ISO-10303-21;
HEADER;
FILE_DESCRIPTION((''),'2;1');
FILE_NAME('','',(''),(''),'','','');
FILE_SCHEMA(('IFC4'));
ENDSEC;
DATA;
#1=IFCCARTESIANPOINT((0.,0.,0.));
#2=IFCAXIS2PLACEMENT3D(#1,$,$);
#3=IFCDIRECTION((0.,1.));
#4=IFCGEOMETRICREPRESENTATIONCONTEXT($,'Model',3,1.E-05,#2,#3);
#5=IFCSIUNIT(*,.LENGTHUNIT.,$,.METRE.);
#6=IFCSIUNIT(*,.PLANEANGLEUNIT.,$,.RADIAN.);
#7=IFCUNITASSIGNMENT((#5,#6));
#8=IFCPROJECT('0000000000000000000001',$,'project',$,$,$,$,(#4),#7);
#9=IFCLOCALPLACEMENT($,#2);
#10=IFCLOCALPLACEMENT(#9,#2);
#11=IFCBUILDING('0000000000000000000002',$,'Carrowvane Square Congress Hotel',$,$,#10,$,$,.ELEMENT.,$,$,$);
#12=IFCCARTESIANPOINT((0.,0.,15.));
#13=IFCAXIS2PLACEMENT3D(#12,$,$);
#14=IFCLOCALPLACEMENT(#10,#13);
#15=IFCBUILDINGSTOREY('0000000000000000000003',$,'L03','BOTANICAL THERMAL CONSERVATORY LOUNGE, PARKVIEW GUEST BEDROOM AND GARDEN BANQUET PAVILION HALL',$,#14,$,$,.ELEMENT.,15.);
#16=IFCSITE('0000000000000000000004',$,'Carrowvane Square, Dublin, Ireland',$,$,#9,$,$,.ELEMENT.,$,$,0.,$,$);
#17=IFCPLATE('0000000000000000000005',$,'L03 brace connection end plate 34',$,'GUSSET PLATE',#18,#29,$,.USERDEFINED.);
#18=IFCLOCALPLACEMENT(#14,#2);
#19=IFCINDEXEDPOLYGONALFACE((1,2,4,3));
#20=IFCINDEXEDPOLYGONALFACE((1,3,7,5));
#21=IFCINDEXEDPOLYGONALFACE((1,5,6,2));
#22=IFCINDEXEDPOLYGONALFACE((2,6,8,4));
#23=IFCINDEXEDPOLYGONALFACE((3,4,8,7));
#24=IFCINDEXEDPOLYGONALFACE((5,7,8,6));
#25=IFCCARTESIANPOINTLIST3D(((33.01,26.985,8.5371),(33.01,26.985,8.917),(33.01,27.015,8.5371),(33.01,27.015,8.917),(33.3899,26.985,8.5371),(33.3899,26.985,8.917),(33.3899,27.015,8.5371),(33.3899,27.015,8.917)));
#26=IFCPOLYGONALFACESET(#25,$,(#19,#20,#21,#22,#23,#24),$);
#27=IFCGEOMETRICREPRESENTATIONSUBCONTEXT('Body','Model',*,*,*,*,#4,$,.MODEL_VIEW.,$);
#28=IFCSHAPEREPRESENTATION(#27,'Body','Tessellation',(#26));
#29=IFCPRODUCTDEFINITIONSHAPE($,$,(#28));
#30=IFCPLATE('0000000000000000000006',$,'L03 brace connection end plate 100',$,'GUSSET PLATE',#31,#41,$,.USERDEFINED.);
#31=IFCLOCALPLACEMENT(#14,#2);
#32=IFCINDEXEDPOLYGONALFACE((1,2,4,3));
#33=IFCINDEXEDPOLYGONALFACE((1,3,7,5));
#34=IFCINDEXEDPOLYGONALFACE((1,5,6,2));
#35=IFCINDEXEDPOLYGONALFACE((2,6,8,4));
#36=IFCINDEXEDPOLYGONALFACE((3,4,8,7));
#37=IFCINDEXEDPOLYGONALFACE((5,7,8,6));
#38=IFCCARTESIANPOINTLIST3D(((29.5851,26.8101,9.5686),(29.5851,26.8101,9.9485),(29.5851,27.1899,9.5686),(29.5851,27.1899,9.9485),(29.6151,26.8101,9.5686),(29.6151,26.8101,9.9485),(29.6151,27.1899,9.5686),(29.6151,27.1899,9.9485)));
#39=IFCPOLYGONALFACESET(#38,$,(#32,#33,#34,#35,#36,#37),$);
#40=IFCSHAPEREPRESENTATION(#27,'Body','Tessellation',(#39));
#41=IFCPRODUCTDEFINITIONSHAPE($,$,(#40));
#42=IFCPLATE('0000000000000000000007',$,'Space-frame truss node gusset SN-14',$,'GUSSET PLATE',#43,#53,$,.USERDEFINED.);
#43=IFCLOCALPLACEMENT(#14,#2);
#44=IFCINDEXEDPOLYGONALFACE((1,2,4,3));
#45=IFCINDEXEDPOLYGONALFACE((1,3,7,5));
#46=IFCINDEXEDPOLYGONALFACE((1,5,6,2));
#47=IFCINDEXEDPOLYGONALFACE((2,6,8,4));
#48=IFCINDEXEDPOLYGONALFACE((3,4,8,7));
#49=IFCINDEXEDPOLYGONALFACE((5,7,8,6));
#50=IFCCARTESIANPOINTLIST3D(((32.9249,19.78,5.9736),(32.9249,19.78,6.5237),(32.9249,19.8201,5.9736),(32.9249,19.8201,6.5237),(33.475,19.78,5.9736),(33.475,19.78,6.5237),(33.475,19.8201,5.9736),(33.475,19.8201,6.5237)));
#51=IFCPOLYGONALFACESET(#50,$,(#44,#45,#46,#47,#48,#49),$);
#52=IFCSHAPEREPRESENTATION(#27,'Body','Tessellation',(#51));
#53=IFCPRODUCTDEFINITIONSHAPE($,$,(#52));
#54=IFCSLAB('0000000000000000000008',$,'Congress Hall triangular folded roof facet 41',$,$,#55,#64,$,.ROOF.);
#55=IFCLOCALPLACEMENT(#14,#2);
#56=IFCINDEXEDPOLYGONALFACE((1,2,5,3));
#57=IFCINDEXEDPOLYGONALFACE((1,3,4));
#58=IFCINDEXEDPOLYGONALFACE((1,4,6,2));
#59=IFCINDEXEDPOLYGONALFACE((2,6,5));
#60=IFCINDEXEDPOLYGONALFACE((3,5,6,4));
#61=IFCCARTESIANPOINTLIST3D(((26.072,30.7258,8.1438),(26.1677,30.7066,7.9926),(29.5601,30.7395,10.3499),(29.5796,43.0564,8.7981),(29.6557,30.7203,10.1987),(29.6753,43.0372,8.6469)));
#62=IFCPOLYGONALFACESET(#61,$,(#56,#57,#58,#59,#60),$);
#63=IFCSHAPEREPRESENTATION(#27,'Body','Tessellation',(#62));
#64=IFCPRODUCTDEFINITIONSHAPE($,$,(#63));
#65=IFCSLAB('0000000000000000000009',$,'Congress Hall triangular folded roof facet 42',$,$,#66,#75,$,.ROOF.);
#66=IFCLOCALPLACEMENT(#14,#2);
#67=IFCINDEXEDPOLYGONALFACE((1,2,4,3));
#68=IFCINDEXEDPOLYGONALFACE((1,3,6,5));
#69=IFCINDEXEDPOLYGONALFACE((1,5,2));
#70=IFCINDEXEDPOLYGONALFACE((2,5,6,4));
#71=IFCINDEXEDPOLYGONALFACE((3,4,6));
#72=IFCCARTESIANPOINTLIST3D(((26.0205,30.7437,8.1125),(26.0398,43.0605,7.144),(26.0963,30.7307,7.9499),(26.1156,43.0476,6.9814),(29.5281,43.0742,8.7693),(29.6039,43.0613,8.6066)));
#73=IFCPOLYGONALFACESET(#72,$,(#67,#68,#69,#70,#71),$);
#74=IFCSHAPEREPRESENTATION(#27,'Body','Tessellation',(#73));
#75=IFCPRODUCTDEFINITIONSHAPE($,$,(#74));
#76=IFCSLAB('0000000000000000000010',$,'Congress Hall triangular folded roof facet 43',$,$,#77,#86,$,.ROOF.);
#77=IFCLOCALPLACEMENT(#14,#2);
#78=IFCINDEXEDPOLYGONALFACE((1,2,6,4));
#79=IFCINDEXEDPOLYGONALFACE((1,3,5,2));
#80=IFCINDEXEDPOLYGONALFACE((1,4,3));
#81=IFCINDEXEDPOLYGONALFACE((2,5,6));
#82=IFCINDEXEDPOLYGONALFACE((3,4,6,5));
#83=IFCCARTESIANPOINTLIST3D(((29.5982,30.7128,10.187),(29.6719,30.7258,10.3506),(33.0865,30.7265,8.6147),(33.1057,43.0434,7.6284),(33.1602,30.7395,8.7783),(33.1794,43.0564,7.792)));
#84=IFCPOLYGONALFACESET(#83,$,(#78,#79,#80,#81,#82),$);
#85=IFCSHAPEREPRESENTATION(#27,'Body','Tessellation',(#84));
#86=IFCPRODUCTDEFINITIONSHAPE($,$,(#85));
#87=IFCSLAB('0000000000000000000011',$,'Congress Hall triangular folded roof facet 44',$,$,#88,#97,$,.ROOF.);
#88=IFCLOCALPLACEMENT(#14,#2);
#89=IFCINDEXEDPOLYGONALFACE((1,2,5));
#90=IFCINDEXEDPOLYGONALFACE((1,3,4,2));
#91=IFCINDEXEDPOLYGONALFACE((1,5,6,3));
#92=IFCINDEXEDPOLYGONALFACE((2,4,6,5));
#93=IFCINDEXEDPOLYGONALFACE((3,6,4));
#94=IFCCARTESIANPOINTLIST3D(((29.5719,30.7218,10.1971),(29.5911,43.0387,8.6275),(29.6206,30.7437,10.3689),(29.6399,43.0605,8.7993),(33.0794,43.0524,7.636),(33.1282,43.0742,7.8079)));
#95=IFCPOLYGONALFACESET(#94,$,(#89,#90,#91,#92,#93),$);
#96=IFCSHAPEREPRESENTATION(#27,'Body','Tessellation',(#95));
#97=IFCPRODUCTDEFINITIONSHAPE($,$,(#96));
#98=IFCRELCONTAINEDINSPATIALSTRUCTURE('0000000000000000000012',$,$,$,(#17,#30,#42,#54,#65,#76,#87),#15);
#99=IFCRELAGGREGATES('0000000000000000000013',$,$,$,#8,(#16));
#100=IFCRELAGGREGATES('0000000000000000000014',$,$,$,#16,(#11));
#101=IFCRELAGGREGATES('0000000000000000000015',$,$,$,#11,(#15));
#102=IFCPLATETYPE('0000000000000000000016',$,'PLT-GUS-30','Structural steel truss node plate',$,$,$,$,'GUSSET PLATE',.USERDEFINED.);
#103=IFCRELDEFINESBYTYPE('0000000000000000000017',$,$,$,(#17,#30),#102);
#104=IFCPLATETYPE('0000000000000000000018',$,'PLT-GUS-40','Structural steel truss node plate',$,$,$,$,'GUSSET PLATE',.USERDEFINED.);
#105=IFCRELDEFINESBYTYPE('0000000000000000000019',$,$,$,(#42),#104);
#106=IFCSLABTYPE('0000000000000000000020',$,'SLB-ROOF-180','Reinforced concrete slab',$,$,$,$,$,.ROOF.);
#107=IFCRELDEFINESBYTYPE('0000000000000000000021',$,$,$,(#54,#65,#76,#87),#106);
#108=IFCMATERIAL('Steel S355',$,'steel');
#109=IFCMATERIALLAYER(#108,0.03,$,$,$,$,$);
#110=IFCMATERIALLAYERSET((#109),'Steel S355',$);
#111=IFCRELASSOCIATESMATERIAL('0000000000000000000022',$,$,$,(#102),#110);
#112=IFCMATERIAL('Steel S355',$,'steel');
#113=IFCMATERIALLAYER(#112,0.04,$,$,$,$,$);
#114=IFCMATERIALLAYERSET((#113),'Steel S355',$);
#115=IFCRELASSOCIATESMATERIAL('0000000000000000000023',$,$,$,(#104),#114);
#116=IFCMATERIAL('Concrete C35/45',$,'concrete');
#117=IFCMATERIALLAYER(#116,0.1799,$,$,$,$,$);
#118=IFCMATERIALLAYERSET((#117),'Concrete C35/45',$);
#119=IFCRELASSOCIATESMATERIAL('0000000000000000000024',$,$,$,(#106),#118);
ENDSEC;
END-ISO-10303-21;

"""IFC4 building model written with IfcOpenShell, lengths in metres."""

from ifc_helpers import new_model, si_unit, direction, frame, origin, origin_2d, place, context, subcontext, project, spatial, polyline, rectangle, outline, extrude, material, layer, layer_set, type_object, element, save


model = new_model("IFC4")

# Units and contexts
model_context = context("Model", 3, precision=1e-05, world=origin(), true_north=direction((0.0, 1.0)))
body_context = subcontext(model_context, "Body", "Model", "MODEL_VIEW")
ifc_project = project(units=[si_unit("LENGTHUNIT", "METRE"), si_unit("PLANEANGLEUNIT", "RADIAN")], contexts=[model_context])

# Site, building, storey
site_placement = place(None, origin())
site = spatial("IfcSite", under=ifc_project, at=site_placement, Name="Carrowvane Square, Dublin, Ireland", CompositionType="ELEMENT", RefElevation=0.0)
building_placement = place(site_placement, origin())
building = spatial("IfcBuilding", under=site, at=building_placement, Name="Carrowvane Square Congress Hotel", CompositionType="ELEMENT")
storey_placement = place(building_placement, frame((0.0, 0.0, 15.0)))
storey = spatial("IfcBuildingStorey", under=building, at=storey_placement, Name="L03", Description="BOTANICAL THERMAL CONSERVATORY LOUNGE, PARKVIEW GUEST BEDROOM AND GARDEN BANQUET PAVILION HALL", CompositionType="ELEMENT", Elevation=15.0)

# Plates
ifc_material_1 = material(Name="Steel S355", Category="steel")
ifc_layer_1 = layer(ifc_material_1, 0.03)
ifc_layer_set_1 = layer_set([ifc_layer_1], Name="Steel S355")
plate_type_1 = type_object("IfcPlateType", Name="PLT-GUS-30", Description="Structural steel truss node plate", ElementType="GUSSET PLATE", PredefinedType="USERDEFINED", material=ifc_layer_set_1)
plate_1_placement = place(storey_placement, frame((33.2, 27.0, 8.5371), z_axis=(0.0, 0.0, 1.0), x_axis=(1.0, 0.0, 0.0)))
element("IfcPlate", 1, at=plate_1_placement, inside=storey, type_object=plate_type_1, Name="L03 brace connection end plate 34", ObjectType="GUSSET PLATE", PredefinedType="USERDEFINED", context=body_context, shape_type="SweptSolid", body=[
    extrude(rectangle(XDim=0.3799, YDim=0.03, at=origin_2d()), origin(), (0.0, 0.0, 1.0), 0.3799),
])
plate_2_placement = place(storey_placement, frame((29.6001, 27.0, 9.5686), z_axis=(0.0, 0.0, 1.0), x_axis=(1.0, 0.0, 0.0)))
element("IfcPlate", 2, at=plate_2_placement, inside=storey, type_object=plate_type_1, Name="L03 brace connection end plate 100", ObjectType="GUSSET PLATE", PredefinedType="USERDEFINED", context=body_context, shape_type="SweptSolid", body=[
    extrude(rectangle(XDim=0.03, YDim=0.3799, at=origin_2d()), origin(), (0.0, 0.0, 1.0), 0.3799),
])
ifc_material_2 = material(Name="Steel S355", Category="steel")
ifc_layer_2 = layer(ifc_material_2, 0.04)
ifc_layer_set_2 = layer_set([ifc_layer_2], Name="Steel S355")
plate_type_2 = type_object("IfcPlateType", Name="PLT-GUS-40", Description="Structural steel truss node plate", ElementType="GUSSET PLATE", PredefinedType="USERDEFINED", material=ifc_layer_set_2)
plate_3_placement = place(storey_placement, frame((33.2, 19.8, 5.9736), z_axis=(0.0, 0.0, 1.0), x_axis=(1.0, 0.0, 0.0)))
element("IfcPlate", 3, at=plate_3_placement, inside=storey, type_object=plate_type_2, Name="Space-frame truss node gusset SN-14", ObjectType="GUSSET PLATE", PredefinedType="USERDEFINED", context=body_context, shape_type="SweptSolid", body=[
    extrude(rectangle(XDim=0.55, YDim=0.04, at=origin_2d()), origin(), (0.0, 0.0, 1.0), 0.55),
])

# Slabs
ifc_material_3 = material(Name="Concrete C35/45", Category="concrete")
ifc_layer_3 = layer(ifc_material_3, 0.1799)
ifc_layer_set_3 = layer_set([ifc_layer_3], Name="Concrete C35/45")
slab_type = type_object("IfcSlabType", Name="SLB-ROOF-180", Description="Reinforced concrete slab", PredefinedType="ROOF", material=ifc_layer_set_3)
slab_1_placement = place(storey_placement, frame((26.072, 30.7258, 8.1438), z_axis=(-0.531775, 0.106689, 0.840139), x_axis=(0.845147, 0.003313, 0.534524)))
element("IfcSlab", 4, at=slab_1_placement, inside=storey, type_object=slab_type, Name="Congress Hall triangular folded roof facet 41", PredefinedType="ROOF", context=body_context, shape_type="SweptSolid", body=[
    extrude(outline(polyline([(0.0, 0.0), (4.1271, 0.0), (3.355, 12.3902), (0.0, 0.0)])), origin(), (0.0, 0.0, -1.0), 0.1799),
])
slab_2_placement = place(storey_placement, frame((26.0205, 30.7437, 8.1125), z_axis=(-0.421469, 0.071744, 0.904), x_axis=(0.273248, 0.960582, 0.051162)))
element("IfcSlab", 5, at=slab_2_placement, inside=storey, type_object=slab_type, Name="Congress Hall triangular folded roof facet 42", PredefinedType="ROOF", context=body_context, shape_type="SweptSolid", body=[
    extrude(outline(polyline([(0.0, 0.0), (12.8366, 0.0), (11.7871, 3.7025), (0.0, 0.0)])), origin(), (0.0, 0.0, -1.0), 0.1799),
])
slab_3_placement = place(storey_placement, frame((29.6719, 30.7258, 10.3506), z_axis=(0.409609, 0.072183, 0.909401), x_axis=(0.911667, 0.003573, -0.410914)))
element("IfcSlab", 6, at=slab_3_placement, inside=storey, type_object=slab_type, Name="Congress Hall triangular folded roof facet 43", PredefinedType="ROOF", context=body_context, shape_type="SweptSolid", body=[
    extrude(outline(polyline([(0.0, 0.0), (3.8263, 0.0), (4.2932, 12.3475), (0.0, 0.0)])), origin(), (0.0, 0.0, -1.0), 0.1799),
])
slab_4_placement = place(storey_placement, frame((29.6206, 30.7437, 10.3689), z_axis=(0.270939, 0.121265, 0.954928), x_axis=(0.268305, 0.943205, -0.195902)))
element("IfcSlab", 7, at=slab_4_placement, inside=storey, type_object=slab_type, Name="Congress Hall triangular folded roof facet 44", PredefinedType="ROOF", context=body_context, shape_type="SweptSolid", body=[
    extrude(outline(polyline([(0.0, 0.0), (13.0731, 0.0), (11.93, 3.4416), (0.0, 0.0)])), origin(), (0.0, 0.0, -1.0), 0.1799),
])

save(model, "model.ifc")
